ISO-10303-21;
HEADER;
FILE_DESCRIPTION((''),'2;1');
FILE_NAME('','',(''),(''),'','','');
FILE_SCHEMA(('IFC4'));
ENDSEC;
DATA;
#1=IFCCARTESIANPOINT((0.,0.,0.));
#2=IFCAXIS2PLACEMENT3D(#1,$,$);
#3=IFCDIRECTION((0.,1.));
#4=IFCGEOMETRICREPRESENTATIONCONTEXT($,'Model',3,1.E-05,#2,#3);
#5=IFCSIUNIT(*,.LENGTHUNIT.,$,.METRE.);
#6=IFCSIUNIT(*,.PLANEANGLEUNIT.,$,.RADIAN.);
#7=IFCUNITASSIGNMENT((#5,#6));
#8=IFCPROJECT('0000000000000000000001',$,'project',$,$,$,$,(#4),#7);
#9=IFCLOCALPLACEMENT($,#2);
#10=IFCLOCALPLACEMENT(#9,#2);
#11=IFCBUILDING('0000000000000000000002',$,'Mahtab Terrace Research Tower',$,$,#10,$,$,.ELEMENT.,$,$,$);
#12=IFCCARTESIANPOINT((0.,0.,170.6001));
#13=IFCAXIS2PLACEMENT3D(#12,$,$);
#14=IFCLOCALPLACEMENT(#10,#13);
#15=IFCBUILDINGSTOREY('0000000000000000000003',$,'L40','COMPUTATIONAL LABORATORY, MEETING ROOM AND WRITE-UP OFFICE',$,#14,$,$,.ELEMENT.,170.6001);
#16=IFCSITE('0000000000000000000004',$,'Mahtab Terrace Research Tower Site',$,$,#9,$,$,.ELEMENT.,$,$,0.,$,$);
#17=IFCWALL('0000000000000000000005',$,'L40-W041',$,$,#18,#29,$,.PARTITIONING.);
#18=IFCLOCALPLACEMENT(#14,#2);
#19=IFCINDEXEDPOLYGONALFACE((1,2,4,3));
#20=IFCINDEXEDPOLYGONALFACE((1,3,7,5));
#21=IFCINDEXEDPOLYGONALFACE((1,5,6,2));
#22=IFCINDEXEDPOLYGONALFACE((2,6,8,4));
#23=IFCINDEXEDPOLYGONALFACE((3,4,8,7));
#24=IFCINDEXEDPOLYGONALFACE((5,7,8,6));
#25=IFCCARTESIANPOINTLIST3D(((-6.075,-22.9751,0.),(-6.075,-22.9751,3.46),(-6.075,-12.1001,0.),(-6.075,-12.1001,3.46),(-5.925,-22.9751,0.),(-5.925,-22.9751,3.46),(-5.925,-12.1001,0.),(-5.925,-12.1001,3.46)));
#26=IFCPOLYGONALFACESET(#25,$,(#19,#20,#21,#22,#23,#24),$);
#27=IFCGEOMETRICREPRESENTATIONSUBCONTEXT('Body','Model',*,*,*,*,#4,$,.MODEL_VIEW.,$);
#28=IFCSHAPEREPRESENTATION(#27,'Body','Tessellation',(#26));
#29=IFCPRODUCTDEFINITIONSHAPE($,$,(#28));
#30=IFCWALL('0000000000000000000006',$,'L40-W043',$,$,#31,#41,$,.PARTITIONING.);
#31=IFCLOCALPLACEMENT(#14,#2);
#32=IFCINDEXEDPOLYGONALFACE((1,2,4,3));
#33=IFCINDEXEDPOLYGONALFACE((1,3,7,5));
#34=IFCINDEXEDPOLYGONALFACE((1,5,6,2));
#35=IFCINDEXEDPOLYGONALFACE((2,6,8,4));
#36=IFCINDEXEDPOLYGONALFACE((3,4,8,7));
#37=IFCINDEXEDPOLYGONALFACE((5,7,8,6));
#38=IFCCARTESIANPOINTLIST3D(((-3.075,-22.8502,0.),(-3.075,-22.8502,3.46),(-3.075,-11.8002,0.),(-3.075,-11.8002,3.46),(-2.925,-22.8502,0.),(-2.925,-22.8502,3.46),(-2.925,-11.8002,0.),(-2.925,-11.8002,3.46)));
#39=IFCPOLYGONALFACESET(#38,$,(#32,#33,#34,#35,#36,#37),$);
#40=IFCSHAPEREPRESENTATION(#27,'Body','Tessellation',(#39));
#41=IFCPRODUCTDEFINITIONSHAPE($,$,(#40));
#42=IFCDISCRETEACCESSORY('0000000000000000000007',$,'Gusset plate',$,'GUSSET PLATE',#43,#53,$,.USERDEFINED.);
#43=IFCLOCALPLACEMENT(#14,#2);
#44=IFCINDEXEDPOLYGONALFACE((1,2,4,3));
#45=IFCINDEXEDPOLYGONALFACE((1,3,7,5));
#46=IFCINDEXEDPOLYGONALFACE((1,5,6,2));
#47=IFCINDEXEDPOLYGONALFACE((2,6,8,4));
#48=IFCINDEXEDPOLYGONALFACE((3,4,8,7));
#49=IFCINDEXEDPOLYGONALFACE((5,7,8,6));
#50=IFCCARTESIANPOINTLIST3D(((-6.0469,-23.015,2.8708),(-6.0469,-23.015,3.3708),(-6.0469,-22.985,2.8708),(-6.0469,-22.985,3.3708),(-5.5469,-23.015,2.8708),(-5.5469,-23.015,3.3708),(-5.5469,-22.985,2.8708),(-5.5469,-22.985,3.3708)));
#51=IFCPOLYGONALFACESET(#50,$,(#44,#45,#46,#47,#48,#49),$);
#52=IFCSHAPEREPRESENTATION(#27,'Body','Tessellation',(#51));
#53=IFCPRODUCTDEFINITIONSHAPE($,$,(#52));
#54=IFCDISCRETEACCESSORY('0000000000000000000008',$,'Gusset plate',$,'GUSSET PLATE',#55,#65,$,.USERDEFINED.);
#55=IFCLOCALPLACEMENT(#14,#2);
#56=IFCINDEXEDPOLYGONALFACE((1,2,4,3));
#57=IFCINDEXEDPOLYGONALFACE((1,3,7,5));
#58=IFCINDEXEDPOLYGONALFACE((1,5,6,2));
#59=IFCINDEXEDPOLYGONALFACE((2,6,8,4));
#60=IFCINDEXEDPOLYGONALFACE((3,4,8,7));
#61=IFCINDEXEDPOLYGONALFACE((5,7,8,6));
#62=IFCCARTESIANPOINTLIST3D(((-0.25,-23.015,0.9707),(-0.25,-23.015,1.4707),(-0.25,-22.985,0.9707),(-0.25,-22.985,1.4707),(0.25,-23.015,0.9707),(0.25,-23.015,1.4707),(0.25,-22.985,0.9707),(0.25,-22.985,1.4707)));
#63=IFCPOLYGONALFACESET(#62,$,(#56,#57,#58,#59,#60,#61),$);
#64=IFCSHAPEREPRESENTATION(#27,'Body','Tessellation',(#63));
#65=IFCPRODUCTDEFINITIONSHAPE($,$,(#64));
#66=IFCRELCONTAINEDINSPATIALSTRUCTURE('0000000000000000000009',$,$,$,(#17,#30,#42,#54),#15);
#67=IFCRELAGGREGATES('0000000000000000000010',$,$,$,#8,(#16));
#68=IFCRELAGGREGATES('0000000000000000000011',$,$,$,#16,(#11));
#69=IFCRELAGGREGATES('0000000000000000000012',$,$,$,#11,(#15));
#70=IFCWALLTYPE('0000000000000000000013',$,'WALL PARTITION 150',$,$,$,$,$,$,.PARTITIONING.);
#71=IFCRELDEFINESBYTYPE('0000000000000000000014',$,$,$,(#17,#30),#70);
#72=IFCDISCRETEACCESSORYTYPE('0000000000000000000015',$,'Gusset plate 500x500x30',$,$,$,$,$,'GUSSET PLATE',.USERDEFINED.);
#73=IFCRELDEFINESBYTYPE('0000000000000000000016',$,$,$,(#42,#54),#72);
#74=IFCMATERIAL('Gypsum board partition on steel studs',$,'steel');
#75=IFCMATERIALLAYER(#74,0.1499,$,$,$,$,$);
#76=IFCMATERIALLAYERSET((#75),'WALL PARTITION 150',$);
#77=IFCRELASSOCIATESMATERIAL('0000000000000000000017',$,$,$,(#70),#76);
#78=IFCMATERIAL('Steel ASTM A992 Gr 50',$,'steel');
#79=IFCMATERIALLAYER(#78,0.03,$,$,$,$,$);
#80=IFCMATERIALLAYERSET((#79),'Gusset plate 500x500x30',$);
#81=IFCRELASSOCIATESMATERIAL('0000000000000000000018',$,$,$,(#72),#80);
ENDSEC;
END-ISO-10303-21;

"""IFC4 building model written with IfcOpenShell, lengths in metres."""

from ifc_helpers import new_model, si_unit, direction, frame, frame_2d, origin, origin_2d, place, context, subcontext, project, spatial, rectangle, extrude, material, layer, layer_set, type_object, element, save


model = new_model("IFC4")

# Units and contexts
model_context = context("Model", 3, precision=1e-05, world=origin(), true_north=direction((0.0, 1.0)))
body_context = subcontext(model_context, "Body", "Model", "MODEL_VIEW")
ifc_project = project(units=[si_unit("LENGTHUNIT", "METRE"), si_unit("PLANEANGLEUNIT", "RADIAN")], contexts=[model_context])

# Site, building, storey
site_placement = place(None, origin())
site = spatial("IfcSite", under=ifc_project, at=site_placement, Name="Mahtab Terrace Research Tower Site", CompositionType="ELEMENT", RefElevation=0.0)
building_placement = place(site_placement, origin())
building = spatial("IfcBuilding", under=site, at=building_placement, Name="Mahtab Terrace Research Tower", CompositionType="ELEMENT")
storey_placement = place(building_placement, frame((0.0, 0.0, 170.6001)))
storey = spatial("IfcBuildingStorey", under=building, at=storey_placement, Name="L40", Description="COMPUTATIONAL LABORATORY, MEETING ROOM AND WRITE-UP OFFICE", CompositionType="ELEMENT", Elevation=170.6001)

# Shared definitions
ifc_material_1 = material(Name="Steel ASTM A992 Gr 50", Category="steel")

# Walls
ifc_material_2 = material(Name="Gypsum board partition on steel studs", Category="steel")
ifc_layer_1 = layer(ifc_material_2, 0.1499)
ifc_layer_set_1 = layer_set([ifc_layer_1], Name="WALL PARTITION 150")
wall_type_1 = type_object("IfcWallType", Name="WALL PARTITION 150", PredefinedType="PARTITIONING", material=ifc_layer_set_1)
wall_1_placement = place(storey_placement, frame((-6.0, -22.9751, 0.0), z_axis=(0.0, 0.0, 1.0), x_axis=(0.0, 1.0, 0.0)))
element("IfcWall", 1, at=wall_1_placement, inside=storey, type_object=wall_type_1, Name="L40-W041", PredefinedType="PARTITIONING", context=body_context, shape_type="SweptSolid", body=[
    extrude(rectangle(XDim=10.875, YDim=0.1499, at=frame_2d((5.4375, 0.0))), origin(), (0.0, 0.0, 1.0), 3.46),
])
wall_2_placement = place(storey_placement, frame((-3.0, -22.8501, 0.0), z_axis=(0.0, 0.0, 1.0), x_axis=(0.0, 1.0, 0.0)))
element("IfcWall", 2, at=wall_2_placement, inside=storey, type_object=wall_type_1, Name="L40-W043", PredefinedType="PARTITIONING", context=body_context, shape_type="SweptSolid", body=[
    extrude(rectangle(XDim=11.05, YDim=0.1499, at=frame_2d((5.5249, 0.0))), origin(), (0.0, 0.0, 1.0), 3.46),
])

# Discrete accessories
ifc_layer_2 = layer(ifc_material_1, 0.03)
ifc_layer_set_2 = layer_set([ifc_layer_2], Name="Gusset plate 500x500x30")
discrete_accessory_type = type_object("IfcDiscreteAccessoryType", Name="Gusset plate 500x500x30", ElementType="GUSSET PLATE", PredefinedType="USERDEFINED", material=ifc_layer_set_2)
for number, where, z_axis, x_axis, name in (
    (3, (-5.7969, -23.0, 2.8708), (0.0, 0.0, 1.0), (1.0, 0.0, 0.0), "Gusset plate"),
    (4, (0.0, -23.0, 0.9707), (0.0, 0.0, 1.0), (1.0, 0.0, 0.0), "Gusset plate"),
):
    element("IfcDiscreteAccessory", number, at=place(storey_placement, frame(where, z_axis=z_axis, x_axis=x_axis)), inside=storey, type_object=discrete_accessory_type, Name=name, ObjectType="GUSSET PLATE", PredefinedType="USERDEFINED", context=body_context, shape_type="SweptSolid", body=[
        extrude(rectangle(XDim=0.5, YDim=0.03, at=origin_2d()), origin(), (0.0, 0.0, 1.0), 0.5),
    ])

save(model, "model.ifc")
